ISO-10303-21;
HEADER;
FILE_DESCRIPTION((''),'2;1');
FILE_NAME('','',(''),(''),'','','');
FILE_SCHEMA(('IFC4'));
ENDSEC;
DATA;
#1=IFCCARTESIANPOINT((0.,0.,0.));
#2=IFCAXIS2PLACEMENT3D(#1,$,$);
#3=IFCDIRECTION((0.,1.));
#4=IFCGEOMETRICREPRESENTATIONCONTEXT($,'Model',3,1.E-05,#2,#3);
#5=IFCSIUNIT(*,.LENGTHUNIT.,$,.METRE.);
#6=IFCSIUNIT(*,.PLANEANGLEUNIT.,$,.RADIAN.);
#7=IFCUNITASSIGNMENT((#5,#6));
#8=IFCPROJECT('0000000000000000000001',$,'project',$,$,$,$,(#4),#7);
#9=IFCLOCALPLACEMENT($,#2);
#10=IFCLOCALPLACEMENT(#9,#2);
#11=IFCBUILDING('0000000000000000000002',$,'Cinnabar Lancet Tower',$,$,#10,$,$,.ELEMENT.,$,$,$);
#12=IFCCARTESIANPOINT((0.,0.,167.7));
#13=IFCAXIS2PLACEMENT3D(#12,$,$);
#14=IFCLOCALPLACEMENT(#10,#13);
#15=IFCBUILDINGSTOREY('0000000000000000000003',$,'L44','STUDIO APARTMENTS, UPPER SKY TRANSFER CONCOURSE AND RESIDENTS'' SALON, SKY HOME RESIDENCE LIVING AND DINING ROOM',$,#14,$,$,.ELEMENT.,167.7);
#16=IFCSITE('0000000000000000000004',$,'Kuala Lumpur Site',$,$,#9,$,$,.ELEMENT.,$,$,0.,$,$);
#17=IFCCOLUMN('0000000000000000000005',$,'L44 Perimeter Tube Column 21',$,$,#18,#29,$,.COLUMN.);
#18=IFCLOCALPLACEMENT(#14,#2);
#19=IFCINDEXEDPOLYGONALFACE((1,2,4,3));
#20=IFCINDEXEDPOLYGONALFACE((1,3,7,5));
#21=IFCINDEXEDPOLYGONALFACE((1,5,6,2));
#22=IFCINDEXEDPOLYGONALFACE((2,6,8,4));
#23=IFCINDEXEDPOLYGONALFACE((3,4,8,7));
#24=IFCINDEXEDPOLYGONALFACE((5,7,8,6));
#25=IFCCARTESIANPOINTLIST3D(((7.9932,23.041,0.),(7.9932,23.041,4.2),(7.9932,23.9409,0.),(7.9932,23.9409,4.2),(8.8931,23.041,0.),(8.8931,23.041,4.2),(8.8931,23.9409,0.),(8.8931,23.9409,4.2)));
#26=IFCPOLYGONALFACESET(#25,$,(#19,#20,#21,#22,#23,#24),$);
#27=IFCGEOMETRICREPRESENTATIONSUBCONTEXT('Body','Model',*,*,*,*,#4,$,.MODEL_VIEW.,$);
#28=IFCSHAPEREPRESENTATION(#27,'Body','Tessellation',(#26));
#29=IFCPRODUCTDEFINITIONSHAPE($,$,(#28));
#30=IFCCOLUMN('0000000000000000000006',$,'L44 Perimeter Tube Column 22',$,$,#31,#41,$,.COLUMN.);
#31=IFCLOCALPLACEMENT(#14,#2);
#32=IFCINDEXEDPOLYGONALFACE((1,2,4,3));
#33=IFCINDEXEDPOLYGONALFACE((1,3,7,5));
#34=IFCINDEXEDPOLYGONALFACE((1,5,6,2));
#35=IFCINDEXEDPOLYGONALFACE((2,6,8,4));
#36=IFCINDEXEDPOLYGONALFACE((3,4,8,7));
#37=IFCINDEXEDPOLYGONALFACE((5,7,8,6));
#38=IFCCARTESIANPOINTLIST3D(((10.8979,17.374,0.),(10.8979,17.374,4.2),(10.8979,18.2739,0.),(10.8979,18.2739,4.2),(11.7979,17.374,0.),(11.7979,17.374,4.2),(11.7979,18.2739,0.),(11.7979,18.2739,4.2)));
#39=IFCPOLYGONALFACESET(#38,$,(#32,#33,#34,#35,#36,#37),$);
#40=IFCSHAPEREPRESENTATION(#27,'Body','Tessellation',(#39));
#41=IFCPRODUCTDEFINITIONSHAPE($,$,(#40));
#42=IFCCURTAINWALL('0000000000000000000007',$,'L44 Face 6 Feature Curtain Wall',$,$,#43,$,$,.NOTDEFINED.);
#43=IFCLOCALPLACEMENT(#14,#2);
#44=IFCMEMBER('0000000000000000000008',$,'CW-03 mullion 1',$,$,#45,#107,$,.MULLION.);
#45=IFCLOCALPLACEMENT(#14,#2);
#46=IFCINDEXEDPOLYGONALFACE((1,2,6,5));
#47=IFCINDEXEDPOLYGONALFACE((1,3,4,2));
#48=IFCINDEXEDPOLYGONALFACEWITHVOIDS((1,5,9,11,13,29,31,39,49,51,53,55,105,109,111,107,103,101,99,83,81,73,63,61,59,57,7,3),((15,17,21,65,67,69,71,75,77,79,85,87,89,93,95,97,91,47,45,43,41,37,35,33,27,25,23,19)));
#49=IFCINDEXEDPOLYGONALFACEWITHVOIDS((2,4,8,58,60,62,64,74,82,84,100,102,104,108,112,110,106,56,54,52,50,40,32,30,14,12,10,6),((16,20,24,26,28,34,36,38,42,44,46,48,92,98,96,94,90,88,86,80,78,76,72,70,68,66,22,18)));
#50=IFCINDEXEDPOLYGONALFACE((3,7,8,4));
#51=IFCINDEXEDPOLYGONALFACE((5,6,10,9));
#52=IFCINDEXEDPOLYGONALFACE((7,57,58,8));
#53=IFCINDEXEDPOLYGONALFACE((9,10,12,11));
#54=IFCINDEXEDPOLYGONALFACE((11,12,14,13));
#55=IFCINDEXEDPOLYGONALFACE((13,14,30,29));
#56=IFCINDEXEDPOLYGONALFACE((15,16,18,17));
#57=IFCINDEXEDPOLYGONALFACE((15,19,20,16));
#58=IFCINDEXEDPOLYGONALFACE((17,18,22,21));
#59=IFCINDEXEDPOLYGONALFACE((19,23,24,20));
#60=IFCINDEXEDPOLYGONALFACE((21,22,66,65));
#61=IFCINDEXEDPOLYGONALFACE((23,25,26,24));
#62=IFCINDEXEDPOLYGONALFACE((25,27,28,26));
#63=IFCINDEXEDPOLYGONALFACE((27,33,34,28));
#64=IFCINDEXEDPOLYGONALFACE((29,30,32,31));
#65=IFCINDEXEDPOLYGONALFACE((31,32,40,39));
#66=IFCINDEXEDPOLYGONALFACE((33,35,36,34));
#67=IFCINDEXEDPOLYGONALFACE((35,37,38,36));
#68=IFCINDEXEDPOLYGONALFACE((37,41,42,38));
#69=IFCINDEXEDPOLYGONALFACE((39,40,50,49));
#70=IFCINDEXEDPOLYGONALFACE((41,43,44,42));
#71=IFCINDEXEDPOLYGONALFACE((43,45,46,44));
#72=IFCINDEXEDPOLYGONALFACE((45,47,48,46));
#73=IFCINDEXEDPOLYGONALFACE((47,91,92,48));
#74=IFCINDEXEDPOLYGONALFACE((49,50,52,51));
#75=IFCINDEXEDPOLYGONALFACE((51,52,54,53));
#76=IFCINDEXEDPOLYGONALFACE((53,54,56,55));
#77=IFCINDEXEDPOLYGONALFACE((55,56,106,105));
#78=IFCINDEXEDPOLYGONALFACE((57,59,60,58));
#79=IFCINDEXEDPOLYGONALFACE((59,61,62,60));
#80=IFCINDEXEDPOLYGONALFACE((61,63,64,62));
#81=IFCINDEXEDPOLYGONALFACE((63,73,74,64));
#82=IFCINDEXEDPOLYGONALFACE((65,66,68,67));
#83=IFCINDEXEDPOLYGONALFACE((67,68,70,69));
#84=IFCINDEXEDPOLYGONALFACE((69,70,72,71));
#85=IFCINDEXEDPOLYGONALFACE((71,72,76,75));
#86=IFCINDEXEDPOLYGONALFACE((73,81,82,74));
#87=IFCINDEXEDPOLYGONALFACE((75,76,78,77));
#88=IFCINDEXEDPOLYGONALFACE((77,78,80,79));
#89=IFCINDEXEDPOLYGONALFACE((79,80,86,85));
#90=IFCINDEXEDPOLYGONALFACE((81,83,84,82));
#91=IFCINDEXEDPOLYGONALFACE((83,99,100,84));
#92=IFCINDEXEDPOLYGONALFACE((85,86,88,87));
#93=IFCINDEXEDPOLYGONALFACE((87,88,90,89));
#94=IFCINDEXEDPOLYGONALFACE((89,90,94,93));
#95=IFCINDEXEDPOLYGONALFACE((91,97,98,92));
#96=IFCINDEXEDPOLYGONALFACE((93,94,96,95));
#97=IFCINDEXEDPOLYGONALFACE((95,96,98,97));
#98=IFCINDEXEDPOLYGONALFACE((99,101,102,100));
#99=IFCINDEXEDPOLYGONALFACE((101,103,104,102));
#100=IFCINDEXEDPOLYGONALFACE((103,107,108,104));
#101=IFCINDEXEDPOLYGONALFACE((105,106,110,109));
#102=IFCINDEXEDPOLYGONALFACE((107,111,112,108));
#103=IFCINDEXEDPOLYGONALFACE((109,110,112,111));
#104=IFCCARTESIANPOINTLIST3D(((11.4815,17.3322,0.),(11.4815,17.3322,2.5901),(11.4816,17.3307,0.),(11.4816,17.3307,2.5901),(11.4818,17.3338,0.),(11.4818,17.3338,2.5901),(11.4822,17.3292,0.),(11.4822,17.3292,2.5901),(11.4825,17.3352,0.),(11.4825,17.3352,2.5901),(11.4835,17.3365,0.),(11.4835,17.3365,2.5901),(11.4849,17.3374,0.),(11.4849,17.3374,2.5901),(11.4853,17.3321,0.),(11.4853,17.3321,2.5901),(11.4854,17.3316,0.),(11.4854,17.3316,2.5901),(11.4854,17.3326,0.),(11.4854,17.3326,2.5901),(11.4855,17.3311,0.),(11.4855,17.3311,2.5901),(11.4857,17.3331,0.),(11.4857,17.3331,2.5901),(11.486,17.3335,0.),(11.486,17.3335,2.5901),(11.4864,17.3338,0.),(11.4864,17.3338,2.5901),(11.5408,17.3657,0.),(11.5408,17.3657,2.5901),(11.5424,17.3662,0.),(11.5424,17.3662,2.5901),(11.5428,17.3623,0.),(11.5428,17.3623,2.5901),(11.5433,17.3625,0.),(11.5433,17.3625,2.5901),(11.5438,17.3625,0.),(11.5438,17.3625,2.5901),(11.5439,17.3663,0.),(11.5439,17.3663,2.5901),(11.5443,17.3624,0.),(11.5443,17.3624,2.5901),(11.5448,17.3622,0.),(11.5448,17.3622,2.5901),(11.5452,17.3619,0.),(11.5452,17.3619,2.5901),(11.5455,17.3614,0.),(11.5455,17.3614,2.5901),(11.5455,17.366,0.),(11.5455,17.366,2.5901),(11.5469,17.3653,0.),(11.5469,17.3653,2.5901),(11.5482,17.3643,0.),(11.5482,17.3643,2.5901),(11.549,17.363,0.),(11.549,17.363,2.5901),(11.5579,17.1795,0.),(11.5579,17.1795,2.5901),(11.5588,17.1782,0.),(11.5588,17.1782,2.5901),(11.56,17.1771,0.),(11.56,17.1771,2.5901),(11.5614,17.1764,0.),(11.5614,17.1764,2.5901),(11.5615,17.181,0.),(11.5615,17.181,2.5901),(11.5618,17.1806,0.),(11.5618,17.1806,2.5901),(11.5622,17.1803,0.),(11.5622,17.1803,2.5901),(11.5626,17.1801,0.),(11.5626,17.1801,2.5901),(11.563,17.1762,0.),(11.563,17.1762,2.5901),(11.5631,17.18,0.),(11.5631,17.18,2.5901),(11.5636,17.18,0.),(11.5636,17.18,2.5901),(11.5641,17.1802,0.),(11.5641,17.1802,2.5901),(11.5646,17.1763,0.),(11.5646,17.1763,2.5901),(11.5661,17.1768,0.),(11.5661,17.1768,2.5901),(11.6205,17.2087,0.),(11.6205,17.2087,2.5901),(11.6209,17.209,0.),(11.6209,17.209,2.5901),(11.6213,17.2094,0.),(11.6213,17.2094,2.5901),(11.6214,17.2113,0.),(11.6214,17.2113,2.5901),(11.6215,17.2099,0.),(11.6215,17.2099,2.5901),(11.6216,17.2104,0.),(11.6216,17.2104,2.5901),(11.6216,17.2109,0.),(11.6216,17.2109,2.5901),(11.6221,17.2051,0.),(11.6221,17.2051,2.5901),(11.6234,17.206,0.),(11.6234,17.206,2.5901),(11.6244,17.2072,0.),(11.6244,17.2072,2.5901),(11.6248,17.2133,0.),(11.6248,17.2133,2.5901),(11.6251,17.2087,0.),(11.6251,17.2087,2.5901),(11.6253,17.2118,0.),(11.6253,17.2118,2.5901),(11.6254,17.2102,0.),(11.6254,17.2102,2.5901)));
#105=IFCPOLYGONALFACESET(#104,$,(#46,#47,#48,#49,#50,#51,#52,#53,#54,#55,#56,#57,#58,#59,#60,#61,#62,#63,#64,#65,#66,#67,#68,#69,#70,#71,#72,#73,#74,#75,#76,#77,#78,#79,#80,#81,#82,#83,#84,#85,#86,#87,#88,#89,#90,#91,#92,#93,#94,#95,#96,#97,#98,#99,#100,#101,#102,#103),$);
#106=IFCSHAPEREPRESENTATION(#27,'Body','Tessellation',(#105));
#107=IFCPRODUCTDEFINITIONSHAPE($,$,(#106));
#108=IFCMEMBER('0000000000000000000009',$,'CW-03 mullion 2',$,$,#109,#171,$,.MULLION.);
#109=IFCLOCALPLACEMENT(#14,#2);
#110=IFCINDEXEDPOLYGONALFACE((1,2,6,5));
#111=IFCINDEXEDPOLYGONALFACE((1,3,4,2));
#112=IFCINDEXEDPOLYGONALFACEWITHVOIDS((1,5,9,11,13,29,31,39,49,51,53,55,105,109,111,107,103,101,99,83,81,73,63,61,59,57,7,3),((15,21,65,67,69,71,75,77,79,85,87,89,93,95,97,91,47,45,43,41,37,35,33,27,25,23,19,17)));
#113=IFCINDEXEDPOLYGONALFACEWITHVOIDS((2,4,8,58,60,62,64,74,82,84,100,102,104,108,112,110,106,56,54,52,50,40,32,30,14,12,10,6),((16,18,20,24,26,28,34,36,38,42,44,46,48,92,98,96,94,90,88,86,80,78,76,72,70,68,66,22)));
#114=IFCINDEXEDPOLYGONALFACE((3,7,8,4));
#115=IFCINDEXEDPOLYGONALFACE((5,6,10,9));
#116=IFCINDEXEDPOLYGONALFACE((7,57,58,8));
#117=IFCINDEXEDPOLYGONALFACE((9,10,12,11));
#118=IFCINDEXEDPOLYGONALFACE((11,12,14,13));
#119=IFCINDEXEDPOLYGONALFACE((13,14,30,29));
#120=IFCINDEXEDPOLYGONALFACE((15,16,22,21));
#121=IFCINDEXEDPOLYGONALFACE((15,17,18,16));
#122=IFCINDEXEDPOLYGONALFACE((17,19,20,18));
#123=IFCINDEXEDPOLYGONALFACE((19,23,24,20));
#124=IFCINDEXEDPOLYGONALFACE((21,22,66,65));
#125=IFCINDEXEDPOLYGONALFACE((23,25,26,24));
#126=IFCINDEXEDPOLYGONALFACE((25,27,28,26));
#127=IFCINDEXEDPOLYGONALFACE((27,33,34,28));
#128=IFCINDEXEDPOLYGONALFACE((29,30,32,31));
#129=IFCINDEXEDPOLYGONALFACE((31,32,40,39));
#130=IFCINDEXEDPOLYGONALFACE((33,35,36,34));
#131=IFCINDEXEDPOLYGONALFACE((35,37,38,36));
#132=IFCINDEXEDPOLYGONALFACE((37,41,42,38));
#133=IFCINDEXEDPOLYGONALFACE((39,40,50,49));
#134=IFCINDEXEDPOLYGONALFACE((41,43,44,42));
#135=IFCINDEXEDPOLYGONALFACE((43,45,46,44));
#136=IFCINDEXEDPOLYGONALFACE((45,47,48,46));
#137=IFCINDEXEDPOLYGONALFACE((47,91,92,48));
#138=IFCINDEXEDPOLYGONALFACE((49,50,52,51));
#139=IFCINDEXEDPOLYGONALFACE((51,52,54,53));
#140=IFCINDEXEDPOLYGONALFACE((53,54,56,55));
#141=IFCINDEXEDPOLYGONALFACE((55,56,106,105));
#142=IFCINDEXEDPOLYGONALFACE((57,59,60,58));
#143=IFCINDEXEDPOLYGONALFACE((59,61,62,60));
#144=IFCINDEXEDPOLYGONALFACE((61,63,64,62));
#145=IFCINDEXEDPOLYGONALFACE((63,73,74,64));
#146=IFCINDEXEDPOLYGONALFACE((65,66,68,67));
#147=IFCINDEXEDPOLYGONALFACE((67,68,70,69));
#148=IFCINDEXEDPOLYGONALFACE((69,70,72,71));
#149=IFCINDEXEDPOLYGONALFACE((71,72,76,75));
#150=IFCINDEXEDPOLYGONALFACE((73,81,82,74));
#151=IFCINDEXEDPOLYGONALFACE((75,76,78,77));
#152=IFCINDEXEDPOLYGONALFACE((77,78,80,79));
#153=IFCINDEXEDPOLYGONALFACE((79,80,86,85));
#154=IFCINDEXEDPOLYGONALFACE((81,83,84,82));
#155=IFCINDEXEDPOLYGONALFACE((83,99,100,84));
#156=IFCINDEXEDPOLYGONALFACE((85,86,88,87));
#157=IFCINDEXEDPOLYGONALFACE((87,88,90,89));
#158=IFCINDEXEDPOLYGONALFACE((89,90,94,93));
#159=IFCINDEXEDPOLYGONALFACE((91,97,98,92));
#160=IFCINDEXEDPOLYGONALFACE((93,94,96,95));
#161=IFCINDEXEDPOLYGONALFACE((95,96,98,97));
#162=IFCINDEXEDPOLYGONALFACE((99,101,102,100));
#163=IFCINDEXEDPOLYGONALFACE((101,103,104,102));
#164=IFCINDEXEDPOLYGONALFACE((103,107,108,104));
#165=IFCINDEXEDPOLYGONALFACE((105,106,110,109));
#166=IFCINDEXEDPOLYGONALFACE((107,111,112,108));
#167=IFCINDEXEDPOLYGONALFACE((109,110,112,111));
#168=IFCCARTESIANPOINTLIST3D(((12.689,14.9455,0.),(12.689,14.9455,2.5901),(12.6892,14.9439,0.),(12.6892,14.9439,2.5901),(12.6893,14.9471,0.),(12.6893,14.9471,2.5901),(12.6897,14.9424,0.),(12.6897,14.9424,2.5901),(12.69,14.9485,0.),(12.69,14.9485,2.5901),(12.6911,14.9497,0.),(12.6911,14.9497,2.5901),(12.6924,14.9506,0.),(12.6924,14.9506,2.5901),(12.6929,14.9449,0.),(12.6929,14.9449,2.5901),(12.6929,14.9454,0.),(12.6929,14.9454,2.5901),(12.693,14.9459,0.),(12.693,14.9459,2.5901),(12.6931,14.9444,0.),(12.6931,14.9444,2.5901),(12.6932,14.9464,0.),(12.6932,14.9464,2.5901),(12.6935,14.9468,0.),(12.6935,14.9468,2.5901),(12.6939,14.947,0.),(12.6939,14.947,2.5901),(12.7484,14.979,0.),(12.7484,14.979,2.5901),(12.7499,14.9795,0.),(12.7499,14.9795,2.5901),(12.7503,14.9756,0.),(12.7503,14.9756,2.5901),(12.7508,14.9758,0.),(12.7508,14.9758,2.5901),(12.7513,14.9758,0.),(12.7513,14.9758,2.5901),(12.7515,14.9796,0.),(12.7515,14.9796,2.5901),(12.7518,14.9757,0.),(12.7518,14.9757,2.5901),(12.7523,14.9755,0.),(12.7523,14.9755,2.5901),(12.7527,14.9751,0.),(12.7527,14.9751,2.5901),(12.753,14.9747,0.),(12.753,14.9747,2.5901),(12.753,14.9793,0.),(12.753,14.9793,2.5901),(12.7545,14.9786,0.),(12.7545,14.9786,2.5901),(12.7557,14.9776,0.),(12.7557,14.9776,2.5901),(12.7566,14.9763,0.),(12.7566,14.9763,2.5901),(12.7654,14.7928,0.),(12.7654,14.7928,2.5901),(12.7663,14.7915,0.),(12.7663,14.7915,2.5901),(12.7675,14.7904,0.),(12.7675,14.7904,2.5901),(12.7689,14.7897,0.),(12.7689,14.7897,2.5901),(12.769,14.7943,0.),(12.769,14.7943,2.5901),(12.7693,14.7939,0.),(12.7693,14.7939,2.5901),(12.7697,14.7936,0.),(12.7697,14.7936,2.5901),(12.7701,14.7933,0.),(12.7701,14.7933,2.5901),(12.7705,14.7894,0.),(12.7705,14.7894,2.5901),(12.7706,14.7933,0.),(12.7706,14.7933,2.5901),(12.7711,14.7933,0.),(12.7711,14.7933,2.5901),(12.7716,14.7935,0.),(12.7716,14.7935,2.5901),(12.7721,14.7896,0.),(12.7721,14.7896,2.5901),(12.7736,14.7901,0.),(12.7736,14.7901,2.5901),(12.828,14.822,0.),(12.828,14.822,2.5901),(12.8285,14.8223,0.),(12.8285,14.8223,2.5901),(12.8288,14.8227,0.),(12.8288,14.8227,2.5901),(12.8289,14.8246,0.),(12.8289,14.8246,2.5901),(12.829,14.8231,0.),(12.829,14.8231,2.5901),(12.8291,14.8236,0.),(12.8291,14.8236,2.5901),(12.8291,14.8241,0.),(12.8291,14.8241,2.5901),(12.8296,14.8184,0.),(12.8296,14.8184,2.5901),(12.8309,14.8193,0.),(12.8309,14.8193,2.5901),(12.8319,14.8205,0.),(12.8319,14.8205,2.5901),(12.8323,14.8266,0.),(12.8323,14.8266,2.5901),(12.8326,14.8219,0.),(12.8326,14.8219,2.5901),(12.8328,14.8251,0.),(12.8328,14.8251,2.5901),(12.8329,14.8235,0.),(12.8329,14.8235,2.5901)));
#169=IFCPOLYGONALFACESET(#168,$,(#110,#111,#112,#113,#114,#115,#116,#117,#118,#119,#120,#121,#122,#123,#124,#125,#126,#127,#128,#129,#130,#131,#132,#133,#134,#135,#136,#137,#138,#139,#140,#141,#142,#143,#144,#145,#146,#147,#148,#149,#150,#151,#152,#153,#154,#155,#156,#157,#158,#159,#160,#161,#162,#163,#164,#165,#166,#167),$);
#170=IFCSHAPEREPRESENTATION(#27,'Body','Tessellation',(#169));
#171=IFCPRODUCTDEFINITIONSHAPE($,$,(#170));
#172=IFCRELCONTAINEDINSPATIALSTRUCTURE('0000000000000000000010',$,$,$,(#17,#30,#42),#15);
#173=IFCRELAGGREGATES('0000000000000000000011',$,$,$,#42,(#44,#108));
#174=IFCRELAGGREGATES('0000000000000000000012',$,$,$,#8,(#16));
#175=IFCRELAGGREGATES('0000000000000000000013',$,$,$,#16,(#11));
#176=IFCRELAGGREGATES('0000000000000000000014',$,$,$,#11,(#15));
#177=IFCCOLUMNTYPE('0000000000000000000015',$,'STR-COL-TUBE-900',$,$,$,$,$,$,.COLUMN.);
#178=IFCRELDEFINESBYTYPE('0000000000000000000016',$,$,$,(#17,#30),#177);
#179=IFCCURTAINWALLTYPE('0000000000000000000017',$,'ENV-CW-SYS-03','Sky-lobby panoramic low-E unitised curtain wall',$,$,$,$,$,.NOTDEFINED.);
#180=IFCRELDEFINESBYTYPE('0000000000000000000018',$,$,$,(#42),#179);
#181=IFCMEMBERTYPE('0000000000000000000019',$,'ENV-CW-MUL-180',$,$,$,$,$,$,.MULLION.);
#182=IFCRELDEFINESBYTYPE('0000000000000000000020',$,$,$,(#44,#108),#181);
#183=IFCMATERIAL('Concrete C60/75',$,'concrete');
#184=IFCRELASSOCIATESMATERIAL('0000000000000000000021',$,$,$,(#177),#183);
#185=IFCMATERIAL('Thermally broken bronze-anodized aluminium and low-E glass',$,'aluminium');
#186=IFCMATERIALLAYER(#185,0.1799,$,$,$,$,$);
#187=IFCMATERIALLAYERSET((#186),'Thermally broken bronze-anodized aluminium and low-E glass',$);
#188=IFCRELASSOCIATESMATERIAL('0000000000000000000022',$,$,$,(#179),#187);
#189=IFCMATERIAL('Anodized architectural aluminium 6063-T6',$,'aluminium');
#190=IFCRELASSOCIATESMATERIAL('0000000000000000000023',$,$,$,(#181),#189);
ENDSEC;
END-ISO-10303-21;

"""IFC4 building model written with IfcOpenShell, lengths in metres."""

from ifc_helpers import new_model, si_unit, direction, frame, origin, origin_2d, place, context, subcontext, project, spatial, rectangle, hollow_rectangle, extrude, material, layer, layer_set, material_profile, profile_set, type_object, element, aggregate, save


model = new_model("IFC4")

# Units and contexts
model_context = context("Model", 3, precision=1e-05, world=origin(), true_north=direction((0.0, 1.0)))
body_context = subcontext(model_context, "Body", "Model", "MODEL_VIEW")
ifc_project = project(units=[si_unit("LENGTHUNIT", "METRE"), si_unit("PLANEANGLEUNIT", "RADIAN")], contexts=[model_context])

# Site, building, storey
site_placement = place(None, origin())
site = spatial("IfcSite", under=ifc_project, at=site_placement, Name="Kuala Lumpur Site", CompositionType="ELEMENT", RefElevation=0.0)
building_placement = place(site_placement, origin())
building = spatial("IfcBuilding", under=site, at=building_placement, Name="Cinnabar Lancet Tower", CompositionType="ELEMENT")
storey_placement = place(building_placement, frame((0.0, 0.0, 167.7)))
storey = spatial("IfcBuildingStorey", under=building, at=storey_placement, Name="L44", Description="STUDIO APARTMENTS, UPPER SKY TRANSFER CONCOURSE AND RESIDENTS' SALON, SKY HOME RESIDENCE LIVING AND DINING ROOM", CompositionType="ELEMENT", Elevation=167.7)

# Columns
ifc_material_1 = material(Name="Concrete C60/75", Category="concrete")
ifc_material_profile_1 = material_profile(ifc_material_1, rectangle(XDim=0.8999, YDim=0.8999, at=origin_2d()), Name="RC-COL 900x900")
ifc_profile_set_1 = profile_set([ifc_material_profile_1], Name="Concrete C60/75")
column_type = type_object("IfcColumnType", Name="STR-COL-TUBE-900", PredefinedType="COLUMN", material=ifc_profile_set_1)
for number, where, z_axis, x_axis, name in (
    (1, (8.4431, 23.491, 0.0), (0.0, 0.0, 1.0), (1.0, 0.0, 0.0), "L44 Perimeter Tube Column 21"),
    (2, (11.3479, 17.824, 0.0), (0.0, 0.0, 1.0), (1.0, 0.0, 0.0), "L44 Perimeter Tube Column 22"),
):
    element("IfcColumn", number, at=place(storey_placement, frame(where, z_axis=z_axis, x_axis=x_axis)), inside=storey, type_object=column_type, Name=name, PredefinedType="COLUMN", context=body_context, shape_type="SweptSolid", body=[
        extrude(rectangle(XDim=0.8999, YDim=0.8999, at=origin_2d()), origin(), (0.0, 0.0, 1.0), 4.2),
    ])

# Curtain wall, members
ifc_material_2 = material(Name="Thermally broken bronze-anodized aluminium and low-E glass", Category="aluminium")
ifc_layer_1 = layer(ifc_material_2, 0.1799)
ifc_layer_set_1 = layer_set([ifc_layer_1], Name="Thermally broken bronze-anodized aluminium and low-E glass")
curtain_wall_type = type_object("IfcCurtainWallType", Name="ENV-CW-SYS-03", Description="Sky-lobby panoramic low-E unitised curtain wall", PredefinedType="NOTDEFINED", material=ifc_layer_set_1)
curtain_wall_placement = place(storey_placement, origin())
curtain_wall = element("IfcCurtainWall", 3, at=curtain_wall_placement, inside=storey, type_object=curtain_wall_type, Name="L44 Face 6 Feature Curtain Wall", PredefinedType="NOTDEFINED")
ifc_material_3 = material(Name="Anodized architectural aluminium 6063-T6", Category="aluminium")
ifc_material_profile_2 = material_profile(ifc_material_3, hollow_rectangle(XDim=0.075, YDim=0.1799, WallThickness=0.0039, InnerFilletRadius=0.002, OuterFilletRadius=0.0061, at=origin_2d()), Name="CW-MUL 180x75x4")
ifc_profile_set_2 = profile_set([ifc_material_profile_2], Name="Anodized architectural aluminium 6063-T6")
member_type_1 = type_object("IfcMemberType", Name="ENV-CW-MUL-180", PredefinedType="MULLION", material=ifc_profile_set_2)
member_1_placement = place(storey_placement, frame((11.5535, 17.2712, 0.0), z_axis=(0.0, 0.0, 1.0), x_axis=(0.89231, 0.451423, 0.0)))
member_1 = element("IfcMember", 4, at=member_1_placement, type_object=member_type_1, Name="CW-03 mullion 1", PredefinedType="MULLION", context=body_context, shape_type="SweptSolid", body=[
    extrude(hollow_rectangle(XDim=0.075, YDim=0.1799, WallThickness=0.0039, InnerFilletRadius=0.002, OuterFilletRadius=0.0061, at=origin_2d()), origin(), (0.0, 0.0, 1.0), 2.5901),
])
member_2_placement = place(storey_placement, frame((12.761, 14.8845, 0.0), z_axis=(0.0, 0.0, 1.0), x_axis=(0.89231, 0.451423, 0.0)))
member_2 = element("IfcMember", 5, at=member_2_placement, type_object=member_type_1, Name="CW-03 mullion 2", PredefinedType="MULLION", context=body_context, shape_type="SweptSolid", body=[
    extrude(hollow_rectangle(XDim=0.075, YDim=0.1799, WallThickness=0.0039, InnerFilletRadius=0.002, OuterFilletRadius=0.0061, at=origin_2d()), origin(), (0.0, 0.0, 1.0), 2.5901),
])

aggregate(curtain_wall, [member_1, member_2])

save(model, "model.ifc")
